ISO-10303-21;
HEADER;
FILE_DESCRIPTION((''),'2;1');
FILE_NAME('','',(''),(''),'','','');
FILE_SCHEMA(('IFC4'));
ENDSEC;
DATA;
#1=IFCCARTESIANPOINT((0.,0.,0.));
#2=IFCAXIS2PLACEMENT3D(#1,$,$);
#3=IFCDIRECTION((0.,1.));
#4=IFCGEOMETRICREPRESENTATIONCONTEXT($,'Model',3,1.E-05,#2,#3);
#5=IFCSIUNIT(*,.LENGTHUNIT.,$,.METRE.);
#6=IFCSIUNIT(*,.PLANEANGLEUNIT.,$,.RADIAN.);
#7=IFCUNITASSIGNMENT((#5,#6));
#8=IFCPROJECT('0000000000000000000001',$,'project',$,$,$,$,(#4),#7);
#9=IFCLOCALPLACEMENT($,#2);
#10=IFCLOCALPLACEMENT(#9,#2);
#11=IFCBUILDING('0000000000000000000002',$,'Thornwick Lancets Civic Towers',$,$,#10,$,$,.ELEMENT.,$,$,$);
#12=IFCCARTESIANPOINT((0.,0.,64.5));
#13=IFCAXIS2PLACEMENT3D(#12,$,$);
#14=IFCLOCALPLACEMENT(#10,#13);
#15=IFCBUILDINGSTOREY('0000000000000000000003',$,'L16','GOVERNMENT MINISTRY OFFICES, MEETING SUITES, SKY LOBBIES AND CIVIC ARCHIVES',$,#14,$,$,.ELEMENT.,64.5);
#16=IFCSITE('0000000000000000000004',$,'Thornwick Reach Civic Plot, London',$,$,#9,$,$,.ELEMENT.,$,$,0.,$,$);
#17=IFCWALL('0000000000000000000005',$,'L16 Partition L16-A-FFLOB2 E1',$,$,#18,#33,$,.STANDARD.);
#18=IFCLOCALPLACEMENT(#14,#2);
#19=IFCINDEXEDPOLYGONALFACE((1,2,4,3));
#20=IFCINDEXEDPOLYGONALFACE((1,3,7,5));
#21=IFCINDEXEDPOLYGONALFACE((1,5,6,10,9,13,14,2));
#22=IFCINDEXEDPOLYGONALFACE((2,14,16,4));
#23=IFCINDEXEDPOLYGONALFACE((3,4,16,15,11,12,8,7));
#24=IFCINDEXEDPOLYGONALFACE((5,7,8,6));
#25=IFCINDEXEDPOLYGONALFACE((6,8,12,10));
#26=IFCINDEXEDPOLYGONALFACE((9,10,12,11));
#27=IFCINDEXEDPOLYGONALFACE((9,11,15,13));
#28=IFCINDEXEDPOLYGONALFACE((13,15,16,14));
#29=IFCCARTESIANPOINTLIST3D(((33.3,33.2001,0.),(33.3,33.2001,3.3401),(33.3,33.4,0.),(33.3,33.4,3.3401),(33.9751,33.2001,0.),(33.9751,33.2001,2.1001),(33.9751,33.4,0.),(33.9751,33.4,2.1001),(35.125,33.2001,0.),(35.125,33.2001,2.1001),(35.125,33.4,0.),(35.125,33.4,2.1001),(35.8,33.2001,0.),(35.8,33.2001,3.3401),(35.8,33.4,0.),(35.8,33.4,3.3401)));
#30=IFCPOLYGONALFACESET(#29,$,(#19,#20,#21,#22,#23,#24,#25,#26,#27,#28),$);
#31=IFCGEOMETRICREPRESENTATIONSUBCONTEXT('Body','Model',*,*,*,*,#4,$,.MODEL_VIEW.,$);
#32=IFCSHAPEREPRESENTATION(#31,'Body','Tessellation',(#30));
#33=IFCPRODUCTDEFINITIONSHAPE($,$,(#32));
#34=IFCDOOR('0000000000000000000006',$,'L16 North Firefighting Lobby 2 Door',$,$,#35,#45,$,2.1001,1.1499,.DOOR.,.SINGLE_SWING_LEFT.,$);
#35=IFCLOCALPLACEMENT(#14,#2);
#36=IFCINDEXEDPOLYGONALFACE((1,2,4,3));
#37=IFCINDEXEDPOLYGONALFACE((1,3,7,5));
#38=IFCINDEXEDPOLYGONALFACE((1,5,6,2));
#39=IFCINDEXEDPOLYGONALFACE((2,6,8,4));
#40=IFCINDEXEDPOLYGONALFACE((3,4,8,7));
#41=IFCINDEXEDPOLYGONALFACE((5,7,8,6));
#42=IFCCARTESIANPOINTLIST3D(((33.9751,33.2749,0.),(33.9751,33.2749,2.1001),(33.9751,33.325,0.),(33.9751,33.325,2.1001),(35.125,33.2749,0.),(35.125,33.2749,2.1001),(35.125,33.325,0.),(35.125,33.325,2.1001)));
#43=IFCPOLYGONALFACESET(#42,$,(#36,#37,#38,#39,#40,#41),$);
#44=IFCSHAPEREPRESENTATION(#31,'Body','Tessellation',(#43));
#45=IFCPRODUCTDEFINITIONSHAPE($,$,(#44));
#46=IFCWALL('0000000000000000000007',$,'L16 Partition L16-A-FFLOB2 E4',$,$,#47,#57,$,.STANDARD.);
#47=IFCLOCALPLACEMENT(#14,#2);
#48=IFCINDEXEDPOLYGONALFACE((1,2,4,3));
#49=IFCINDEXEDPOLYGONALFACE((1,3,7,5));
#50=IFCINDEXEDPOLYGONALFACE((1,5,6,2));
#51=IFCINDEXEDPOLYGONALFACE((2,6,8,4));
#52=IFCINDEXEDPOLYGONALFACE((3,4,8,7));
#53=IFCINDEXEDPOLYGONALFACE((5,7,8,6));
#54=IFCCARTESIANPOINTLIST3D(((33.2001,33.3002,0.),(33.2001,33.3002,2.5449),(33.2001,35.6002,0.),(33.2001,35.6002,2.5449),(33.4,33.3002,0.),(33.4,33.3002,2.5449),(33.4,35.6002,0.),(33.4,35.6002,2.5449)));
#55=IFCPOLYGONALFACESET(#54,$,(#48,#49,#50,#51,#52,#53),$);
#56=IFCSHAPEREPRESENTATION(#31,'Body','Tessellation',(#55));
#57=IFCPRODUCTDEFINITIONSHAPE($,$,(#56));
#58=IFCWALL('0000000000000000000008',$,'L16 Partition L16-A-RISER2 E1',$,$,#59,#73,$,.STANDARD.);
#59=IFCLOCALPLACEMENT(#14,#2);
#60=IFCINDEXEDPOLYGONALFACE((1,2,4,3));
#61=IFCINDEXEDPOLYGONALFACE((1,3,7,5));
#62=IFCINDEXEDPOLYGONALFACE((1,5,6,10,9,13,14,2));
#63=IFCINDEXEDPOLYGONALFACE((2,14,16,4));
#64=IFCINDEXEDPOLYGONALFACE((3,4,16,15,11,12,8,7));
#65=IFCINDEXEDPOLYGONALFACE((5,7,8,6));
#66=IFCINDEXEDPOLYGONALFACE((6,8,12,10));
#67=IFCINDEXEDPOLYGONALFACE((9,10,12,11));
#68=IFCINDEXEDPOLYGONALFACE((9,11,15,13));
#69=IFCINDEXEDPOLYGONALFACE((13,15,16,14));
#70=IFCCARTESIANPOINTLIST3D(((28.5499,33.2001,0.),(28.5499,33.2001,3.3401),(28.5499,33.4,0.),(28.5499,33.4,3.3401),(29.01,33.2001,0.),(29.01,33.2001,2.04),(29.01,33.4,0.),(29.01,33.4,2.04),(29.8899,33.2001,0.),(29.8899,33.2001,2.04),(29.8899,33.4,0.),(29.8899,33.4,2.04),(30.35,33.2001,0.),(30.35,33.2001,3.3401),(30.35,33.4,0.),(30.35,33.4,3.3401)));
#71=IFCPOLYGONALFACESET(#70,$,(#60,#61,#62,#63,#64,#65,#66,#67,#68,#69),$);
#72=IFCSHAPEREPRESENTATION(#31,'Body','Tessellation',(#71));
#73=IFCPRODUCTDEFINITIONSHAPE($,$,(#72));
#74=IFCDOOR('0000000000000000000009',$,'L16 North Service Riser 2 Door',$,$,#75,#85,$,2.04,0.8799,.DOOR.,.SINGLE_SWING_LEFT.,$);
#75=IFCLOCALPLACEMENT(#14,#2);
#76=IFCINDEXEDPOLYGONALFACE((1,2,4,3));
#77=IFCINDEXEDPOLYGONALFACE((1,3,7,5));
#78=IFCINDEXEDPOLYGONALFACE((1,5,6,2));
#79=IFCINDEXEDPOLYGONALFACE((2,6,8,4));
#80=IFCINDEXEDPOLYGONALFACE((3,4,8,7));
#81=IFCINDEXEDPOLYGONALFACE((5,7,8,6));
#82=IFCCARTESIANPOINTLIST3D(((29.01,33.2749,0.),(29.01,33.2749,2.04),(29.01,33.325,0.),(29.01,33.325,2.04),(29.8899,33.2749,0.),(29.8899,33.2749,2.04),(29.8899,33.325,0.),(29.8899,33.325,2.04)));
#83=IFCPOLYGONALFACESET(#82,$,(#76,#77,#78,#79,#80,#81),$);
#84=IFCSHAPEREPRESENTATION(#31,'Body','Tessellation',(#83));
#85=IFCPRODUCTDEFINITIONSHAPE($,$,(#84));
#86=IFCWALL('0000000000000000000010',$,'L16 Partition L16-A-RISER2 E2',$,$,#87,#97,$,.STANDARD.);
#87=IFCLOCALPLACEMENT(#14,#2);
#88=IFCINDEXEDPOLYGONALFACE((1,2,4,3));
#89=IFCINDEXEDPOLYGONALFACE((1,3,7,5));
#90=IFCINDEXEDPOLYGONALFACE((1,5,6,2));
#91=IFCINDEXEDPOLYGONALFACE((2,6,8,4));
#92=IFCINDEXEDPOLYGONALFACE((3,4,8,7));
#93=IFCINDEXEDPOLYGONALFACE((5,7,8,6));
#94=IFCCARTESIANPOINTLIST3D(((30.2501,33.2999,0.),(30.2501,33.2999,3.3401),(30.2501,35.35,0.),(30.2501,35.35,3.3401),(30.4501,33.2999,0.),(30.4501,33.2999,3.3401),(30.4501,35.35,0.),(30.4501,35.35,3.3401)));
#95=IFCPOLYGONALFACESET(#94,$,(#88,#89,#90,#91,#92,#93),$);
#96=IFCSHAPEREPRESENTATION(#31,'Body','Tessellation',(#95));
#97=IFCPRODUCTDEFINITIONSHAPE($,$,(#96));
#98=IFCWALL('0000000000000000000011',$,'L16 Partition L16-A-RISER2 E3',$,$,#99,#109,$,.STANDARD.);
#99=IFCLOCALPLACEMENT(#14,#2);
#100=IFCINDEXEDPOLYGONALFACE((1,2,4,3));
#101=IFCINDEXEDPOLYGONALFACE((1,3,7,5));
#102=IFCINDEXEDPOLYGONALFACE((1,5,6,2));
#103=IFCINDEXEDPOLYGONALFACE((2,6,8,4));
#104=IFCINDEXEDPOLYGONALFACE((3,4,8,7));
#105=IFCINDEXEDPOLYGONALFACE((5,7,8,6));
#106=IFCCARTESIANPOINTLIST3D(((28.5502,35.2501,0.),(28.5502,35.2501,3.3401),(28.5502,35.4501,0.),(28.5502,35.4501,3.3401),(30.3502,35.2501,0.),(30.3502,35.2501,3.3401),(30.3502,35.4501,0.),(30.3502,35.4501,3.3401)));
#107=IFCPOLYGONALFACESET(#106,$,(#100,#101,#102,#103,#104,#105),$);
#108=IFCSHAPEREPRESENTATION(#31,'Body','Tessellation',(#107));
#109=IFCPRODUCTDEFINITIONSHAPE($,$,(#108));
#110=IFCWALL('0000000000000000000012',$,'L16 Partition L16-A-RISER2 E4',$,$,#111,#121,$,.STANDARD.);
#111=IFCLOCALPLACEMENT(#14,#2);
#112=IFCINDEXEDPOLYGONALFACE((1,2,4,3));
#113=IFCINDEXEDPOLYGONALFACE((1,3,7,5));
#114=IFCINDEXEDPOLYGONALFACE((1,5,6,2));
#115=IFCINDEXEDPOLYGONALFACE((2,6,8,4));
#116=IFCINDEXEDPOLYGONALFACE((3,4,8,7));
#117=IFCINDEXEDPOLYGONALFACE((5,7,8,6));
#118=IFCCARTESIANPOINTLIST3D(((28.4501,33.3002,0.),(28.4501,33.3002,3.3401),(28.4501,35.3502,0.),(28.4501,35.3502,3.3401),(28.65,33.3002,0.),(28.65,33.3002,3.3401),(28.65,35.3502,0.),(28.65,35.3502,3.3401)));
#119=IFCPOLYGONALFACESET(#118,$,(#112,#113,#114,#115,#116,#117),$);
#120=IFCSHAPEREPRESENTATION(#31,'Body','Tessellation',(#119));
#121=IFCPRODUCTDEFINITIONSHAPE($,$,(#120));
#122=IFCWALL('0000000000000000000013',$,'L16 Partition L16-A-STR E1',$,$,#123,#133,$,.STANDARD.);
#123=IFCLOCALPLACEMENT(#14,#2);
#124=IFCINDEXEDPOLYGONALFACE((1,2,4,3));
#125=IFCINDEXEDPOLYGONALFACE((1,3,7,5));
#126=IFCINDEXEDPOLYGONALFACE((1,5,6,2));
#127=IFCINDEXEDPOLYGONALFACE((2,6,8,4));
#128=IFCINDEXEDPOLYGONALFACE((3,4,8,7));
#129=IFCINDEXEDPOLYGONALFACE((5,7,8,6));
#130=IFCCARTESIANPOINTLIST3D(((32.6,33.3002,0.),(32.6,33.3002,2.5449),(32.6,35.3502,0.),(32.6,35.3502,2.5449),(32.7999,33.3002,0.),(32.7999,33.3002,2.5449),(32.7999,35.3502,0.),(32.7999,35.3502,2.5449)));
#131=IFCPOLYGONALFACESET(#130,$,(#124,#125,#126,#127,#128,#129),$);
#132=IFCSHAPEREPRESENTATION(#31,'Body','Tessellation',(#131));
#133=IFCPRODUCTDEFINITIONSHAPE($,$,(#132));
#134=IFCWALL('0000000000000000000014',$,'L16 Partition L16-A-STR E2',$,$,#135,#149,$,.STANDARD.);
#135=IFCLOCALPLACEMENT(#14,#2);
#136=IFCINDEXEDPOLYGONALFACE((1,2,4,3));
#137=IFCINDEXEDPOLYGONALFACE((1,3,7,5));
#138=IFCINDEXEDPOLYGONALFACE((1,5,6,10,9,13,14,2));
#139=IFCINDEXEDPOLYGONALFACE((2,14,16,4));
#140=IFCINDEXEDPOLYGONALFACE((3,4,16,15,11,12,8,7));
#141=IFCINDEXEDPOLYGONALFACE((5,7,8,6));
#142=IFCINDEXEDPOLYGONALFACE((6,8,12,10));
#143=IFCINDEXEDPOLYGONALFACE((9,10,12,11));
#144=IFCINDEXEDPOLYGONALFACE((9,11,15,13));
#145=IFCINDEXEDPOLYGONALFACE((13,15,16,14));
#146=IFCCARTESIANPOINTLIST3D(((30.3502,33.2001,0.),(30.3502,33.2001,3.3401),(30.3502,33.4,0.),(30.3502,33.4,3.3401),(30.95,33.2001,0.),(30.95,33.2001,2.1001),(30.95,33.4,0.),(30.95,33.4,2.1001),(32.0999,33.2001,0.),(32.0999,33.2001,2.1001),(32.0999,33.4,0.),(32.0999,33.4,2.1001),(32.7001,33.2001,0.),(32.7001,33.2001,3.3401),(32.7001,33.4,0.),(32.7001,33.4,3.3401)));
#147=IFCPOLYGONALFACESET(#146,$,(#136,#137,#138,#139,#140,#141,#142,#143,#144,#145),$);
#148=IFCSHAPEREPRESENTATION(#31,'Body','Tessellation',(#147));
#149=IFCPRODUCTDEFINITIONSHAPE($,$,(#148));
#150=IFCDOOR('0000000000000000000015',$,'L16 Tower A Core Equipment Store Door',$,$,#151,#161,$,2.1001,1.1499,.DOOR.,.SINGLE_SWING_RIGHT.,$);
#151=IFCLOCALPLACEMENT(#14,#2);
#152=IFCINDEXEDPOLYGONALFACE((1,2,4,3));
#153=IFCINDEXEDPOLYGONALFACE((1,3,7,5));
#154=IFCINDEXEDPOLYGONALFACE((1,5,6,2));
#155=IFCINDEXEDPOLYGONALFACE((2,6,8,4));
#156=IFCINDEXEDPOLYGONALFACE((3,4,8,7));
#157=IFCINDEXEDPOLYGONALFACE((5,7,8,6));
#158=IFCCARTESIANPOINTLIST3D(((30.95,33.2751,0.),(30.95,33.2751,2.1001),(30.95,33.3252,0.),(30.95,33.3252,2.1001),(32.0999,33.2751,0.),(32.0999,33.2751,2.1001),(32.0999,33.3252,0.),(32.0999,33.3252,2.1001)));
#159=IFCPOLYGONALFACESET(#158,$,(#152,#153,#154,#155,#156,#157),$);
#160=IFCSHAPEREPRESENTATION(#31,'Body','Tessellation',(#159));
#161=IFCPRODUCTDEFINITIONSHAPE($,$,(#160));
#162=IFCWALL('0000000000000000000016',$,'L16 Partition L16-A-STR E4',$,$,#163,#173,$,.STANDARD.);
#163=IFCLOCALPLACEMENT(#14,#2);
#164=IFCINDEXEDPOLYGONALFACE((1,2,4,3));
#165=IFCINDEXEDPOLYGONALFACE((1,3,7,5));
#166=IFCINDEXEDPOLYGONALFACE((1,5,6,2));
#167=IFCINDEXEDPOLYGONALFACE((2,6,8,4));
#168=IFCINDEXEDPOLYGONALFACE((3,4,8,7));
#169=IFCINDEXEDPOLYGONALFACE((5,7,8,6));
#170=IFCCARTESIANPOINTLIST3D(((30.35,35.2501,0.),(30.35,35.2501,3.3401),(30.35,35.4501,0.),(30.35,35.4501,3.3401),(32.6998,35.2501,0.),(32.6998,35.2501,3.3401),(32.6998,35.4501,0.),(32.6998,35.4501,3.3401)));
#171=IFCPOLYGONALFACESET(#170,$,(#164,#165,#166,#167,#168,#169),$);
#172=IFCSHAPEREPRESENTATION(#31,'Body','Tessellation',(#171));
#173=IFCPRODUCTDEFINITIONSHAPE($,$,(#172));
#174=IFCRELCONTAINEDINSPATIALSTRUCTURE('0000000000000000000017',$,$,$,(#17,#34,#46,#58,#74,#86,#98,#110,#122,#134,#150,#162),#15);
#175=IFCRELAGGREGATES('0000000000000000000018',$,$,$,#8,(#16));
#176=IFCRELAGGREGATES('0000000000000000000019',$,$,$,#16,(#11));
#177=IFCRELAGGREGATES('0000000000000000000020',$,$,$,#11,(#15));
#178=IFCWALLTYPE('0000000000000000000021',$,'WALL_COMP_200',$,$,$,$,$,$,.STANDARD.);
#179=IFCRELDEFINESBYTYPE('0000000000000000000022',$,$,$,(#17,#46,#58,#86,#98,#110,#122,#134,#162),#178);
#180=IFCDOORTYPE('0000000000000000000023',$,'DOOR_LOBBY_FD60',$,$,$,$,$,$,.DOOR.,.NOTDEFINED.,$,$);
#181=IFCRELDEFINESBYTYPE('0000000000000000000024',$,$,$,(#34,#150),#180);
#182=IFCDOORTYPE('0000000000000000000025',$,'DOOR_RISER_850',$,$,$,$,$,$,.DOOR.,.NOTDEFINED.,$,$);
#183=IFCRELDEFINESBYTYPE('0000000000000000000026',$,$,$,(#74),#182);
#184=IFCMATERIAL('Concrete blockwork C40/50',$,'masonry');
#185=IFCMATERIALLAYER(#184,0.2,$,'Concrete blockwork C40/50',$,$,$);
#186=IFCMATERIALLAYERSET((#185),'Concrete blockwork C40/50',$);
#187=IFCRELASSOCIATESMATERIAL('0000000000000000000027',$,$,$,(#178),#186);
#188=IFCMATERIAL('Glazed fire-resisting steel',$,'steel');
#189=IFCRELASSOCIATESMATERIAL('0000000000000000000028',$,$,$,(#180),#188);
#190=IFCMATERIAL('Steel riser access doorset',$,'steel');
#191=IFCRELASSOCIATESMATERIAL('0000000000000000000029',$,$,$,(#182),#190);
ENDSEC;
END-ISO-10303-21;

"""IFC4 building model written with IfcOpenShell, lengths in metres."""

from ifc_helpers import new_model, si_unit, direction, frame, frame_2d, origin, place, context, subcontext, project, spatial, rectangle, extrude, material, layer, layer_set, type_object, element, fill, save


model = new_model("IFC4")

# Units and contexts
model_context = context("Model", 3, precision=1e-05, world=origin(), true_north=direction((0.0, 1.0)))
body_context = subcontext(model_context, "Body", "Model", "MODEL_VIEW")
ifc_project = project(units=[si_unit("LENGTHUNIT", "METRE"), si_unit("PLANEANGLEUNIT", "RADIAN")], contexts=[model_context])

# Site, building, storey
site_placement = place(None, origin())
site = spatial("IfcSite", under=ifc_project, at=site_placement, Name="Thornwick Reach Civic Plot, London", CompositionType="ELEMENT", RefElevation=0.0)
building_placement = place(site_placement, origin())
building = spatial("IfcBuilding", under=site, at=building_placement, Name="Thornwick Lancets Civic Towers", CompositionType="ELEMENT")
storey_placement = place(building_placement, frame((0.0, 0.0, 64.5)))
storey = spatial("IfcBuildingStorey", under=building, at=storey_placement, Name="L16", Description="GOVERNMENT MINISTRY OFFICES, MEETING SUITES, SKY LOBBIES AND CIVIC ARCHIVES", CompositionType="ELEMENT", Elevation=64.5)

# Shared definitions
ifc_material_1 = material(Name="Concrete blockwork C40/50", Category="masonry")
ifc_layer_1 = layer(ifc_material_1, 0.2, Name="Concrete blockwork C40/50")
ifc_layer_set_1 = layer_set([ifc_layer_1], Name="Concrete blockwork C40/50")
wall_type_1 = type_object("IfcWallType", Name="WALL_COMP_200", PredefinedType="STANDARD", material=ifc_layer_set_1)

# Wall, opening, door
wall_1_placement = place(storey_placement, frame((33.3, 33.3, 0.0), z_axis=(0.0, 0.0, 1.0), x_axis=(1.0, 0.0, 0.0)))
wall_1 = element("IfcWall", 1, at=wall_1_placement, inside=storey, type_object=wall_type_1, Name="L16 Partition L16-A-FFLOB2 E1", PredefinedType="STANDARD", context=body_context, shape_type="SweptSolid", body=[
    extrude(rectangle(XDim=2.5, YDim=0.2, at=frame_2d((1.25, 0.0))), origin(), (0.0, 0.0, 1.0), 3.3401),
])
opening_1_placement = place(wall_1_placement, frame((0.675, 0.0, 0.0)))
opening_1 = element("IfcOpeningElement", 2, at=opening_1_placement, cuts=wall_1, PredefinedType="OPENING", context=body_context, shape_type="SweptSolid", body=[
    extrude(rectangle(XDim=1.1499, YDim=2.1001, at=frame_2d((0.575, 1.05))), frame((0.0, 0.1099, 0.0), z_axis=(0.0, -1.0, 0.0), x_axis=(1.0, 0.0, 0.0)), (0.0, 0.0, 1.0), 0.22),
])
ifc_material_2 = material(Name="Glazed fire-resisting steel", Category="steel")
door_type_1 = type_object("IfcDoorType", Name="DOOR_LOBBY_FD60", OperationType="NOTDEFINED", PredefinedType="DOOR", material=ifc_material_2)
door_1_placement = place(opening_1_placement, origin())
door_1 = element("IfcDoor", 3, at=door_1_placement, inside=storey, type_object=door_type_1, Name="L16 North Firefighting Lobby 2 Door", OperationType="SINGLE_SWING_LEFT", OverallHeight=2.1001, OverallWidth=1.1499, PredefinedType="DOOR", context=body_context, shape_type="SweptSolid", body=[
    extrude(rectangle(XDim=1.1499, YDim=2.1001, at=frame_2d((0.575, 1.05))), frame((0.0, 0.0249, 0.0), z_axis=(0.0, -1.0, 0.0), x_axis=(1.0, 0.0, 0.0)), (0.0, 0.0, 1.0), 0.05),
])
fill(opening_1, door_1)

# Wall
wall_2_placement = place(storey_placement, frame((33.3, 35.6001, 0.0), z_axis=(0.0, 0.0, 1.0), x_axis=(0.0, -1.0, 0.0)))
element("IfcWall", 4, at=wall_2_placement, inside=storey, type_object=wall_type_1, Name="L16 Partition L16-A-FFLOB2 E4", PredefinedType="STANDARD", context=body_context, shape_type="SweptSolid", body=[
    extrude(rectangle(XDim=2.3, YDim=0.2, at=frame_2d((1.1499, 0.0))), origin(), (0.0, 0.0, 1.0), 2.5449),
])

# Wall, opening, door
wall_3_placement = place(storey_placement, frame((28.55, 33.3, 0.0), z_axis=(0.0, 0.0, 1.0), x_axis=(1.0, 0.0, 0.0)))
wall_3 = element("IfcWall", 5, at=wall_3_placement, inside=storey, type_object=wall_type_1, Name="L16 Partition L16-A-RISER2 E1", PredefinedType="STANDARD", context=body_context, shape_type="SweptSolid", body=[
    extrude(rectangle(XDim=1.8, YDim=0.2, at=frame_2d((0.8999, 0.0))), origin(), (0.0, 0.0, 1.0), 3.3401),
])
opening_2_placement = place(wall_3_placement, frame((0.46, 0.0, 0.0)))
opening_2 = element("IfcOpeningElement", 6, at=opening_2_placement, cuts=wall_3, PredefinedType="OPENING", context=body_context, shape_type="SweptSolid", body=[
    extrude(rectangle(XDim=0.8799, YDim=2.04, at=frame_2d((0.4399, 1.02))), frame((0.0, 0.1099, 0.0), z_axis=(0.0, -1.0, 0.0), x_axis=(1.0, 0.0, 0.0)), (0.0, 0.0, 1.0), 0.22),
])
ifc_material_3 = material(Name="Steel riser access doorset", Category="steel")
door_type_2 = type_object("IfcDoorType", Name="DOOR_RISER_850", OperationType="NOTDEFINED", PredefinedType="DOOR", material=ifc_material_3)
door_2_placement = place(opening_2_placement, origin())
door_2 = element("IfcDoor", 7, at=door_2_placement, inside=storey, type_object=door_type_2, Name="L16 North Service Riser 2 Door", OperationType="SINGLE_SWING_LEFT", OverallHeight=2.04, OverallWidth=0.8799, PredefinedType="DOOR", context=body_context, shape_type="SweptSolid", body=[
    extrude(rectangle(XDim=0.8799, YDim=2.04, at=frame_2d((0.4399, 1.02))), frame((0.0, 0.0249, 0.0), z_axis=(0.0, -1.0, 0.0), x_axis=(1.0, 0.0, 0.0)), (0.0, 0.0, 1.0), 0.05),
])
fill(opening_2, door_2)

# Walls
wall_4_placement = place(storey_placement, frame((30.3501, 33.3, 0.0), z_axis=(0.0, 0.0, 1.0), x_axis=(0.0, 1.0, 0.0)))
element("IfcWall", 8, at=wall_4_placement, inside=storey, type_object=wall_type_1, Name="L16 Partition L16-A-RISER2 E2", PredefinedType="STANDARD", context=body_context, shape_type="SweptSolid", body=[
    extrude(rectangle(XDim=2.05, YDim=0.2, at=frame_2d((1.0249, 0.0))), origin(), (0.0, 0.0, 1.0), 3.3401),
])
wall_5_placement = place(storey_placement, frame((30.3501, 35.3501, 0.0), z_axis=(0.0, 0.0, 1.0), x_axis=(-1.0, 0.0, 0.0)))
element("IfcWall", 9, at=wall_5_placement, inside=storey, type_object=wall_type_1, Name="L16 Partition L16-A-RISER2 E3", PredefinedType="STANDARD", context=body_context, shape_type="SweptSolid", body=[
    extrude(rectangle(XDim=1.8, YDim=0.2, at=frame_2d((0.8999, 0.0))), origin(), (0.0, 0.0, 1.0), 3.3401),
])
wall_6_placement = place(storey_placement, frame((28.55, 35.3501, 0.0), z_axis=(0.0, 0.0, 1.0), x_axis=(0.0, -1.0, 0.0)))
element("IfcWall", 10, at=wall_6_placement, inside=storey, type_object=wall_type_1, Name="L16 Partition L16-A-RISER2 E4", PredefinedType="STANDARD", context=body_context, shape_type="SweptSolid", body=[
    extrude(rectangle(XDim=2.05, YDim=0.2, at=frame_2d((1.0249, 0.0))), origin(), (0.0, 0.0, 1.0), 3.3401),
])
wall_7_placement = place(storey_placement, frame((32.7, 35.3501, 0.0), z_axis=(0.0, 0.0, 1.0), x_axis=(0.0, -1.0, 0.0)))
element("IfcWall", 11, at=wall_7_placement, inside=storey, type_object=wall_type_1, Name="L16 Partition L16-A-STR E1", PredefinedType="STANDARD", context=body_context, shape_type="SweptSolid", body=[
    extrude(rectangle(XDim=2.05, YDim=0.2, at=frame_2d((1.0249, 0.0))), origin(), (0.0, 0.0, 1.0), 2.5449),
])

# Wall, opening, door
wall_8_placement = place(storey_placement, frame((32.7, 33.3, 0.0), z_axis=(0.0, 0.0, 1.0), x_axis=(-1.0, 0.0, 0.0)))
wall_8 = element("IfcWall", 12, at=wall_8_placement, inside=storey, type_object=wall_type_1, Name="L16 Partition L16-A-STR E2", PredefinedType="STANDARD", context=body_context, shape_type="SweptSolid", body=[
    extrude(rectangle(XDim=2.3499, YDim=0.2, at=frame_2d((1.1748, 0.0))), origin(), (0.0, 0.0, 1.0), 3.3401),
])
opening_3_placement = place(wall_8_placement, frame((0.6001, 0.0, 0.0)))
opening_3 = element("IfcOpeningElement", 13, at=opening_3_placement, cuts=wall_8, PredefinedType="OPENING", context=body_context, shape_type="SweptSolid", body=[
    extrude(rectangle(XDim=1.1499, YDim=2.1001, at=frame_2d((0.575, 1.05))), frame((0.0, 0.1099, 0.0), z_axis=(0.0, -1.0, 0.0), x_axis=(1.0, 0.0, 0.0)), (0.0, 0.0, 1.0), 0.22),
])
door_3_placement = place(opening_3_placement, origin())
door_3 = element("IfcDoor", 14, at=door_3_placement, inside=storey, type_object=door_type_1, Name="L16 Tower A Core Equipment Store Door", OperationType="SINGLE_SWING_RIGHT", OverallHeight=2.1001, OverallWidth=1.1499, PredefinedType="DOOR", context=body_context, shape_type="SweptSolid", body=[
    extrude(rectangle(XDim=1.1499, YDim=2.1001, at=frame_2d((0.575, 1.05))), frame((0.0, 0.0249, 0.0), z_axis=(0.0, -1.0, 0.0), x_axis=(1.0, 0.0, 0.0)), (0.0, 0.0, 1.0), 0.05),
])
fill(opening_3, door_3)

# Wall
wall_9_placement = place(storey_placement, frame((30.3501, 35.3501, 0.0), z_axis=(0.0, 0.0, 1.0), x_axis=(1.0, 0.0, 0.0)))
element("IfcWall", 15, at=wall_9_placement, inside=storey, type_object=wall_type_1, Name="L16 Partition L16-A-STR E4", PredefinedType="STANDARD", context=body_context, shape_type="SweptSolid", body=[
    extrude(rectangle(XDim=2.3499, YDim=0.2, at=frame_2d((1.1748, 0.0))), origin(), (0.0, 0.0, 1.0), 3.3401),
])

save(model, "model.ifc")
